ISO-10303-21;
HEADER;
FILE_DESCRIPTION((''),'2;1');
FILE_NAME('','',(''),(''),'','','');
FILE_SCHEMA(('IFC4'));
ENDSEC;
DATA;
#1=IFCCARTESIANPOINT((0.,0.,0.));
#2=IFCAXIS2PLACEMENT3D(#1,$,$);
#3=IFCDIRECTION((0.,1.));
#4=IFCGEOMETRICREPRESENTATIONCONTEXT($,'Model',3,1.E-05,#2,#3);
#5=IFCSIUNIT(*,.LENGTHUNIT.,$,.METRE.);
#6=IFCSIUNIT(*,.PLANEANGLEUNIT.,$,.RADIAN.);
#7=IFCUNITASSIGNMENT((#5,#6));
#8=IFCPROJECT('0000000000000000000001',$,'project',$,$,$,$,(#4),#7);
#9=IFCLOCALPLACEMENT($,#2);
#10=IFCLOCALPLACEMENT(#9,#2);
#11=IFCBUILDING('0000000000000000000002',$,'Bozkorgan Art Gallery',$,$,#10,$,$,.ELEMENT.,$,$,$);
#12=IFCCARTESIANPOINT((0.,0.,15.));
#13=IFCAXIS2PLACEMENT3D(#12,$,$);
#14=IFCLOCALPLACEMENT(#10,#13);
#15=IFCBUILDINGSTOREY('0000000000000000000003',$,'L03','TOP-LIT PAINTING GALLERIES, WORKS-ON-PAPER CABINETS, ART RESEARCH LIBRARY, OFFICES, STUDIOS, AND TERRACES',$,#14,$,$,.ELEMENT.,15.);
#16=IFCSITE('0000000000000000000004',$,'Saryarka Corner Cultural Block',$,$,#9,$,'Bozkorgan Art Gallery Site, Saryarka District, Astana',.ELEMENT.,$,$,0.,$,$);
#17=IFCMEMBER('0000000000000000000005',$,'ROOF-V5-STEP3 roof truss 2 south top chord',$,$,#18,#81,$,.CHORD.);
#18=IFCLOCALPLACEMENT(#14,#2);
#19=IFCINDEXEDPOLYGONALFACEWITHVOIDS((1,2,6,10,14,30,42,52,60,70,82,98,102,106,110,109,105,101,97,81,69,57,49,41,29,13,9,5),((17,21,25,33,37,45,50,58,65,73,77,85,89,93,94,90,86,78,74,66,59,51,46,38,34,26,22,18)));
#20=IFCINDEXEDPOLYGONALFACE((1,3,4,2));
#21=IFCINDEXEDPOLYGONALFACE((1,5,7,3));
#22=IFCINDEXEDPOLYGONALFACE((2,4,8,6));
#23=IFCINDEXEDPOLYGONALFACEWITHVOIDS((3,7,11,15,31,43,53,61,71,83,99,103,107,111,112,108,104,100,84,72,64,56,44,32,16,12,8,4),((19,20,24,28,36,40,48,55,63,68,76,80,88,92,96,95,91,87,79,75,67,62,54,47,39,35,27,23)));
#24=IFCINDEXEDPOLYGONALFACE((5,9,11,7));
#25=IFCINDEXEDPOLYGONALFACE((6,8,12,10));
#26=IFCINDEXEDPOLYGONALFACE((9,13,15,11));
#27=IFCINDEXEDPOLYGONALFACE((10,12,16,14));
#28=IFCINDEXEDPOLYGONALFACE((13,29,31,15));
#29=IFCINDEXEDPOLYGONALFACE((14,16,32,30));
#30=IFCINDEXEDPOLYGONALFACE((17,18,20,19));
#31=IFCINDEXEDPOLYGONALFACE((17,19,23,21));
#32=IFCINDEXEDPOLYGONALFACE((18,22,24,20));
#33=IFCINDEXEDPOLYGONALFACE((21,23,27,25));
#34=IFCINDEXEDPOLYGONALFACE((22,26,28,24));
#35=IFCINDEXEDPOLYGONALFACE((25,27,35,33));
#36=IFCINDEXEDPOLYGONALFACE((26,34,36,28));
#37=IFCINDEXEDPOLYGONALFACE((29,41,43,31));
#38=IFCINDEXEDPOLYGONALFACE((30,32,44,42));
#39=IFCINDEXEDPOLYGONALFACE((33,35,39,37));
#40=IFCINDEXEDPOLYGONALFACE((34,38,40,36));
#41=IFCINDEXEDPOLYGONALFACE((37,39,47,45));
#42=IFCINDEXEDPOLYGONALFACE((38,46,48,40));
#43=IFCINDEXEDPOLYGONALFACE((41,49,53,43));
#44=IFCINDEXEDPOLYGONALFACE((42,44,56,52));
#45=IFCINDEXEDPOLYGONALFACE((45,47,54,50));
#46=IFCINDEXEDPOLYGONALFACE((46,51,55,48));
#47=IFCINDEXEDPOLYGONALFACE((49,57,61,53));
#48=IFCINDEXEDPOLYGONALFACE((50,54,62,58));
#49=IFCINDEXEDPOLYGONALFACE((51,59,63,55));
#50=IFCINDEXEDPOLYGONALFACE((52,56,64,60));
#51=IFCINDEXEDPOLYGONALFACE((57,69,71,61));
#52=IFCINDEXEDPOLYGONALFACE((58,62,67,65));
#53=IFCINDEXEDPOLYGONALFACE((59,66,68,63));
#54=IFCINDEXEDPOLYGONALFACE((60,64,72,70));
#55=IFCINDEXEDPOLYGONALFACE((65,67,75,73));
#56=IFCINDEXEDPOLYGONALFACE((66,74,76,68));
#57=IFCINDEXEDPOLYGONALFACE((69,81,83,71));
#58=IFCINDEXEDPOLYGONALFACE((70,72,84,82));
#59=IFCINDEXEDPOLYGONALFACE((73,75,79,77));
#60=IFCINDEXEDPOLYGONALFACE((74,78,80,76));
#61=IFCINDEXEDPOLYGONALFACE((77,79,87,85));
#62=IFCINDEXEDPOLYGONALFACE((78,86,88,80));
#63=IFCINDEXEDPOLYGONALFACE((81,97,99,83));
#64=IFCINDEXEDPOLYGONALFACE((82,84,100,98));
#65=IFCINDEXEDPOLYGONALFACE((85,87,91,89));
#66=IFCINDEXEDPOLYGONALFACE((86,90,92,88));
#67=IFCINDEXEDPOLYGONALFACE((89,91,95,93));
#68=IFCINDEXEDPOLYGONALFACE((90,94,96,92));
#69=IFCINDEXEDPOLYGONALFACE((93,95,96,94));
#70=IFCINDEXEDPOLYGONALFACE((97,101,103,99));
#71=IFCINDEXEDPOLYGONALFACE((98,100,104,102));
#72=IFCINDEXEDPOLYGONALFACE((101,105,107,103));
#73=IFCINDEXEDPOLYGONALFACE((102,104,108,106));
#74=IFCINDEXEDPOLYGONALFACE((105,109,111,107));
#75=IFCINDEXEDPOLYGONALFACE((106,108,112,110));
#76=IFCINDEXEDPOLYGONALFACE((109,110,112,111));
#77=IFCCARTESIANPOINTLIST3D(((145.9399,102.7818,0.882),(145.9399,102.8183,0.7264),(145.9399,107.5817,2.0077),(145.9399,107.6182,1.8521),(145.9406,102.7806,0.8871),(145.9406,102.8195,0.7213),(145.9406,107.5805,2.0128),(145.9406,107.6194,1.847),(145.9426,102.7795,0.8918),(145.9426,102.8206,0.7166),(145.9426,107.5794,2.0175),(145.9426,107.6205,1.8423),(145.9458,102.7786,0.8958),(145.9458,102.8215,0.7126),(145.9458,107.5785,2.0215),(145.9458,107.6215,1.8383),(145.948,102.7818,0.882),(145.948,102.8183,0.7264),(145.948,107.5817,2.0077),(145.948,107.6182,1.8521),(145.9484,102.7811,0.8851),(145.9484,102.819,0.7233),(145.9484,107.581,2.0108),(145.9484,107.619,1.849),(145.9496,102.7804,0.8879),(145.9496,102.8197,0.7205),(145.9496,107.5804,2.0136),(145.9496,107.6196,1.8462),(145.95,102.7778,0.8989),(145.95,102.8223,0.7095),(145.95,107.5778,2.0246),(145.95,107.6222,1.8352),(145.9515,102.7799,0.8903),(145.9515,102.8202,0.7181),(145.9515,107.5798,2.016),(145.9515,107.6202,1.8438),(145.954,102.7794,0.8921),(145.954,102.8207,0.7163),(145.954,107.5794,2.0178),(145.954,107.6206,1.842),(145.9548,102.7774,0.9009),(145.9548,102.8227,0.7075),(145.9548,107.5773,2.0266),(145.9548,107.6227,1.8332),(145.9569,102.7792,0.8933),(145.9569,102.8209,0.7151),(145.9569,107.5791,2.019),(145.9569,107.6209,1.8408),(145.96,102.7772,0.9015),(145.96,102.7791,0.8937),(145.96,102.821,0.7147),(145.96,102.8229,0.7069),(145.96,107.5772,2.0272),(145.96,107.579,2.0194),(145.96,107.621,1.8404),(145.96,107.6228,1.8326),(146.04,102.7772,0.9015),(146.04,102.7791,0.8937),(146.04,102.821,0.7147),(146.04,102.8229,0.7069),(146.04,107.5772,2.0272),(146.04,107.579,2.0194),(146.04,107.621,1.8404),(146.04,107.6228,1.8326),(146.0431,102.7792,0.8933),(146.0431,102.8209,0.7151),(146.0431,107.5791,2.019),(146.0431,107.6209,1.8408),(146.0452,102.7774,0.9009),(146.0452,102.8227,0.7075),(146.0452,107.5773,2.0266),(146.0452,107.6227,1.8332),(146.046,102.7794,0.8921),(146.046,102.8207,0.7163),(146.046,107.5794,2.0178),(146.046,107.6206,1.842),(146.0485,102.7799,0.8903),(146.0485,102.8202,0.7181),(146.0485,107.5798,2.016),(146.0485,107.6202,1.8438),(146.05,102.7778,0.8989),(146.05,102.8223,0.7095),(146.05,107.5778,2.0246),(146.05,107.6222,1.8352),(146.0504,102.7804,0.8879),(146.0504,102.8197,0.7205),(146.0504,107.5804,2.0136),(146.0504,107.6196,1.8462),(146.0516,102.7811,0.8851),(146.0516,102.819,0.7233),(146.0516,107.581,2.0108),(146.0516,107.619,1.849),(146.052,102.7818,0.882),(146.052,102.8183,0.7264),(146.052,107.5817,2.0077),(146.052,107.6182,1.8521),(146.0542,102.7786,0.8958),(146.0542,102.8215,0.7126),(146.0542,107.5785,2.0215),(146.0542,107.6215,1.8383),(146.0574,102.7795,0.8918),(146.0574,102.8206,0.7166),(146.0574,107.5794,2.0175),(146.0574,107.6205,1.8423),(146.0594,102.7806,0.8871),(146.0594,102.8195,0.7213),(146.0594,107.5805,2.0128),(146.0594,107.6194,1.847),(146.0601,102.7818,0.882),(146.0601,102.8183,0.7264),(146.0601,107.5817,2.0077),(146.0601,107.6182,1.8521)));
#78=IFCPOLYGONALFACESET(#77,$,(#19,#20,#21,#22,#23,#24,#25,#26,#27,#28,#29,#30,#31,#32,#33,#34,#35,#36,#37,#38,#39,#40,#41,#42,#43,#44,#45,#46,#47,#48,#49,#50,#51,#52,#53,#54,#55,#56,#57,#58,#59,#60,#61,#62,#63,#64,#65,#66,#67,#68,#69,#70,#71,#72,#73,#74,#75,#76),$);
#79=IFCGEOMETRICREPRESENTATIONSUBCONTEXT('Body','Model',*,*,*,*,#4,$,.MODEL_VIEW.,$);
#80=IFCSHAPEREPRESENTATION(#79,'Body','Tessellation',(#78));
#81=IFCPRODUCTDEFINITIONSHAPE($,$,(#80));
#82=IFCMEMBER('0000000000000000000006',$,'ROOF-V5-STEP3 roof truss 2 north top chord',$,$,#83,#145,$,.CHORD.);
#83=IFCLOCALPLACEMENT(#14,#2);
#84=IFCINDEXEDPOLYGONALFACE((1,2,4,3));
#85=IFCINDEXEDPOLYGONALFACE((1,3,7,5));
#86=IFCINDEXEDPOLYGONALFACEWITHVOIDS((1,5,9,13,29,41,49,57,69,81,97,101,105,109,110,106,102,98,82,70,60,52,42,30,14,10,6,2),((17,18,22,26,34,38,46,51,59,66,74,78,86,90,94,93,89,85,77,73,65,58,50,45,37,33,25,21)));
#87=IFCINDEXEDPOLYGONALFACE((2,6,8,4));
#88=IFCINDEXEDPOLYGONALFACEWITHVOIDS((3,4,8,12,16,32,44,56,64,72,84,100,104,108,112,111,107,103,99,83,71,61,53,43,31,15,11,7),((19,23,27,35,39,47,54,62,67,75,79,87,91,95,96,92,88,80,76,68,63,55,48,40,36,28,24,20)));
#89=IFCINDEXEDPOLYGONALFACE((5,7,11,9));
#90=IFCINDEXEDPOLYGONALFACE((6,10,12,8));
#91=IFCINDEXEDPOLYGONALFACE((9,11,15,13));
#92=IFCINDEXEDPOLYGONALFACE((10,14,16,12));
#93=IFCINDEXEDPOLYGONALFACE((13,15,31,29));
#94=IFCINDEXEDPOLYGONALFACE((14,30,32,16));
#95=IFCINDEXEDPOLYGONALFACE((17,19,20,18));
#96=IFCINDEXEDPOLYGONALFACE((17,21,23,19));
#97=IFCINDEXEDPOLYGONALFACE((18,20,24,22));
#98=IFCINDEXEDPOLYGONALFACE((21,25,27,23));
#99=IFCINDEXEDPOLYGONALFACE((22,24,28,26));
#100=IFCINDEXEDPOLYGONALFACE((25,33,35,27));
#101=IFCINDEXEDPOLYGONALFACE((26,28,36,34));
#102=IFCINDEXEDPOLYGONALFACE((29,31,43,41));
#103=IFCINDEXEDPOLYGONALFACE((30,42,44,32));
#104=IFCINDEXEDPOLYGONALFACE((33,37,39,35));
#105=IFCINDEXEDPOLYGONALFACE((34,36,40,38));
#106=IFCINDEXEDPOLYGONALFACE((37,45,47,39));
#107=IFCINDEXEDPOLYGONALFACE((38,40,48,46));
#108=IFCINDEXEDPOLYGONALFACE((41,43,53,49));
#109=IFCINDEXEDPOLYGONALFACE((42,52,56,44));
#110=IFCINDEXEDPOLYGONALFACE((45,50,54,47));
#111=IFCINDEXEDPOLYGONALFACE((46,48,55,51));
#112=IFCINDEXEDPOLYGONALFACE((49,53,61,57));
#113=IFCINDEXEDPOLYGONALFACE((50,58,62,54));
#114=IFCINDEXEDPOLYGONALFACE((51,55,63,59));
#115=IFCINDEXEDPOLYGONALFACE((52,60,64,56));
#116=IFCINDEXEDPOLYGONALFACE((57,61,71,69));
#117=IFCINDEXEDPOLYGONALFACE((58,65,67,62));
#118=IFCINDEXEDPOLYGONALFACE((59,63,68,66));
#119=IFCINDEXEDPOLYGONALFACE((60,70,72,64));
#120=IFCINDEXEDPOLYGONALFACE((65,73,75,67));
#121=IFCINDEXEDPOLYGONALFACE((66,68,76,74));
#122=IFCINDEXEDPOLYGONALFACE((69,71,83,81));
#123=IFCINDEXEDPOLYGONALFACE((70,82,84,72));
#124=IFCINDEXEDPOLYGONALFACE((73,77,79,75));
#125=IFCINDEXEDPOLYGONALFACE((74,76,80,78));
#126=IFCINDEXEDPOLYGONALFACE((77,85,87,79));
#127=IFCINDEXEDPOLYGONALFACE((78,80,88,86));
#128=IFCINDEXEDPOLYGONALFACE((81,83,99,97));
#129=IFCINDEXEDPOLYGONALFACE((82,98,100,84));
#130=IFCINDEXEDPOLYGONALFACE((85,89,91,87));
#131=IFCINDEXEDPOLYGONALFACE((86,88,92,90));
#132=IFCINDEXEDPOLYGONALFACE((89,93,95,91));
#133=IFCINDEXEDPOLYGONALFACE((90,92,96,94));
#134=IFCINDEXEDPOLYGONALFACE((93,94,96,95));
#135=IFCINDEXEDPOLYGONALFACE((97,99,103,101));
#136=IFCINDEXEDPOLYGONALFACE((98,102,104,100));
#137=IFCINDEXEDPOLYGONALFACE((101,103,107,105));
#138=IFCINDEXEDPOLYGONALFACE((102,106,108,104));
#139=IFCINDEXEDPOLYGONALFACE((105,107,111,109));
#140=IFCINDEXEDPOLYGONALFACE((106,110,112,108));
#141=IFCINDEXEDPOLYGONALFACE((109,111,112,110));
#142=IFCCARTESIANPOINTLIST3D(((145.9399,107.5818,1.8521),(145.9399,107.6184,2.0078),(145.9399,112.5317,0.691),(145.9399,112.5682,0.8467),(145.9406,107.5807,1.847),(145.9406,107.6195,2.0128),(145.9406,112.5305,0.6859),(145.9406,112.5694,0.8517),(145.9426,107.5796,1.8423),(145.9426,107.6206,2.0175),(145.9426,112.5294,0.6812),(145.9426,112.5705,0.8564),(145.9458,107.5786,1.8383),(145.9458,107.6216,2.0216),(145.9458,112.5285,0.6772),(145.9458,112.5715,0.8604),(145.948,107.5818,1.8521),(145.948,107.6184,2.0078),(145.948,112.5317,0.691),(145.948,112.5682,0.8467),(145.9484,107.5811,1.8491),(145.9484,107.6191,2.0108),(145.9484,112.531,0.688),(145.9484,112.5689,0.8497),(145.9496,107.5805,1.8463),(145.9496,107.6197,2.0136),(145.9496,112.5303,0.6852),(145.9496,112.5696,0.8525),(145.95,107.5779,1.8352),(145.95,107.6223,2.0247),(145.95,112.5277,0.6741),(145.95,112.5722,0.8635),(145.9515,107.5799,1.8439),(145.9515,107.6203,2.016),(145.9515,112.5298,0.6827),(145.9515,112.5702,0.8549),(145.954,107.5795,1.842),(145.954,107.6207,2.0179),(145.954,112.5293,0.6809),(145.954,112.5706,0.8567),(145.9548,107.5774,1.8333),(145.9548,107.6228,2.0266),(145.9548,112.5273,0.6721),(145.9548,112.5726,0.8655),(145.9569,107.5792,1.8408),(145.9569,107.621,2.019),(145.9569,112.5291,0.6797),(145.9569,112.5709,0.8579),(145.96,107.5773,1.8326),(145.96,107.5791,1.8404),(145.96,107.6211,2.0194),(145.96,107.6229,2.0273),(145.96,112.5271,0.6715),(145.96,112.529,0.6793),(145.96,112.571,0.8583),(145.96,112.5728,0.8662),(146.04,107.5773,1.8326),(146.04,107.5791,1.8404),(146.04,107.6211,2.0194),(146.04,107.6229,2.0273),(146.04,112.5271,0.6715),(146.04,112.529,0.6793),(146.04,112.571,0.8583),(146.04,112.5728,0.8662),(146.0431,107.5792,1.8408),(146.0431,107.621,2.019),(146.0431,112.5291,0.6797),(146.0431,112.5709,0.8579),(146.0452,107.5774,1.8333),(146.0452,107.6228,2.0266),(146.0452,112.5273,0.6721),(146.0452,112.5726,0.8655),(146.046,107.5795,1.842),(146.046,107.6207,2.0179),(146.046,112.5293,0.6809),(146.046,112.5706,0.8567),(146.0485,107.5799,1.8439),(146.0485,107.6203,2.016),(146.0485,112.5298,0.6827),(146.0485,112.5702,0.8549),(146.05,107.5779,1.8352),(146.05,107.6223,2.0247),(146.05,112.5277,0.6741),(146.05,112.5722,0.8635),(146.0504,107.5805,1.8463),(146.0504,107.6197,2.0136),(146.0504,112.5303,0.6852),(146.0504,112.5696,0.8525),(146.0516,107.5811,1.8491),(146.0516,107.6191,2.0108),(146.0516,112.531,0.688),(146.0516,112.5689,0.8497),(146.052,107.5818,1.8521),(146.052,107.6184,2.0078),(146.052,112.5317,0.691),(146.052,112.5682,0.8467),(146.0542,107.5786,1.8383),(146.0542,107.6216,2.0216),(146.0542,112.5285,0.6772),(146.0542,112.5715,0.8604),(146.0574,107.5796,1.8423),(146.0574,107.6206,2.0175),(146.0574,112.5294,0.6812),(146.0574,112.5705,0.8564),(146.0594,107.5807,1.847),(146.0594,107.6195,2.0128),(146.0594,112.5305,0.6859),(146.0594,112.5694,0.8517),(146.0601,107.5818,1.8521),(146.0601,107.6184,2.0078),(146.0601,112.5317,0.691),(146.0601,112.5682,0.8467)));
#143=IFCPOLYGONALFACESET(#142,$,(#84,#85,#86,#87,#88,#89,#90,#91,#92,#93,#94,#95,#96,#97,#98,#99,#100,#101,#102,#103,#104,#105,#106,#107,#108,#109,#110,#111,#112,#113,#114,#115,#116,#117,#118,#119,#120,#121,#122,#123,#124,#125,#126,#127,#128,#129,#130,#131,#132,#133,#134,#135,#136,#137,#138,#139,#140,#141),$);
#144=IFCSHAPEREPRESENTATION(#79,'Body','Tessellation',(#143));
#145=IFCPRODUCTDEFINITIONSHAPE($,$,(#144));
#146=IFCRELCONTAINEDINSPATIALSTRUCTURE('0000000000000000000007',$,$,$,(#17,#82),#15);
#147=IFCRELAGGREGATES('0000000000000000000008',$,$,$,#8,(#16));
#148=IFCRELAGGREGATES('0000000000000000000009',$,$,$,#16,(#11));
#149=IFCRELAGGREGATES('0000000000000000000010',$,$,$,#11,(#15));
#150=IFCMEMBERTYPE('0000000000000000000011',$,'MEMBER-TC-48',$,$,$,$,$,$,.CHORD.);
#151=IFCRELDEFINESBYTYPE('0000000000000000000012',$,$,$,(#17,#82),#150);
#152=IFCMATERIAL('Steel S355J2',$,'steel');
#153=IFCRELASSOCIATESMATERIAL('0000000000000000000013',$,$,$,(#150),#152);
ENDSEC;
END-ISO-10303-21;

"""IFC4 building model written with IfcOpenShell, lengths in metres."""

from ifc_helpers import new_model, si_unit, direction, frame, origin, origin_2d, place, context, subcontext, project, spatial, hollow_rectangle, extrude, material, material_profile, profile_set, type_object, element, save


model = new_model("IFC4")

# Units and contexts
model_context = context("Model", 3, precision=1e-05, world=origin(), true_north=direction((0.0, 1.0)))
body_context = subcontext(model_context, "Body", "Model", "MODEL_VIEW")
ifc_project = project(units=[si_unit("LENGTHUNIT", "METRE"), si_unit("PLANEANGLEUNIT", "RADIAN")], contexts=[model_context])

# Site, building, storey
site_placement = place(None, origin())
site = spatial("IfcSite", under=ifc_project, at=site_placement, Name="Saryarka Corner Cultural Block", LongName="Bozkorgan Art Gallery Site, Saryarka District, Astana", CompositionType="ELEMENT", RefElevation=0.0)
building_placement = place(site_placement, origin())
building = spatial("IfcBuilding", under=site, at=building_placement, Name="Bozkorgan Art Gallery", CompositionType="ELEMENT")
storey_placement = place(building_placement, frame((0.0, 0.0, 15.0)))
storey = spatial("IfcBuildingStorey", under=building, at=storey_placement, Name="L03", Description="TOP-LIT PAINTING GALLERIES, WORKS-ON-PAPER CABINETS, ART RESEARCH LIBRARY, OFFICES, STUDIOS, AND TERRACES", CompositionType="ELEMENT", Elevation=15.0)

# Shared definitions
ifc_material_1 = material(Name="Steel S355J2", Category="steel")

# Members
ifc_material_profile_1 = material_profile(ifc_material_1, hollow_rectangle(XDim=0.1201, YDim=0.2, WallThickness=0.0081, InnerFilletRadius=0.012, OuterFilletRadius=0.02, at=origin_2d()), Name="RHS 200x120x8")
ifc_profile_set_1 = profile_set([ifc_material_profile_1], Name="Steel S355J2")
member_type_1 = type_object("IfcMemberType", Name="MEMBER-TC-48", PredefinedType="CHORD", material=ifc_profile_set_1)
member_1_placement = place(storey_placement, frame((146.0, 102.8, 0.8042), z_axis=(0.0, 0.973584, 0.22833), x_axis=(-1.0, 0.0, 0.0)))
element("IfcMember", 1, at=member_1_placement, inside=storey, type_object=member_type_1, Name="ROOF-V5-STEP3 roof truss 2 south top chord", PredefinedType="CHORD", context=body_context, shape_type="SweptSolid", body=[
    extrude(hollow_rectangle(XDim=0.1201, YDim=0.2, WallThickness=0.0081, InnerFilletRadius=0.012, OuterFilletRadius=0.02, at=origin_2d()), origin(), (0.0, 0.0, 1.0), 4.9302),
])
member_2_placement = place(storey_placement, frame((146.0, 107.6001, 1.9299), z_axis=(0.0, 0.973573, -0.228376), x_axis=(-1.0, 0.0, 0.0)))
element("IfcMember", 2, at=member_2_placement, inside=storey, type_object=member_type_1, Name="ROOF-V5-STEP3 roof truss 2 north top chord", PredefinedType="CHORD", context=body_context, shape_type="SweptSolid", body=[
    extrude(hollow_rectangle(XDim=0.1201, YDim=0.2, WallThickness=0.0081, InnerFilletRadius=0.012, OuterFilletRadius=0.02, at=origin_2d()), origin(), (0.0, 0.0, 1.0), 5.0842),
])

save(model, "model.ifc")
